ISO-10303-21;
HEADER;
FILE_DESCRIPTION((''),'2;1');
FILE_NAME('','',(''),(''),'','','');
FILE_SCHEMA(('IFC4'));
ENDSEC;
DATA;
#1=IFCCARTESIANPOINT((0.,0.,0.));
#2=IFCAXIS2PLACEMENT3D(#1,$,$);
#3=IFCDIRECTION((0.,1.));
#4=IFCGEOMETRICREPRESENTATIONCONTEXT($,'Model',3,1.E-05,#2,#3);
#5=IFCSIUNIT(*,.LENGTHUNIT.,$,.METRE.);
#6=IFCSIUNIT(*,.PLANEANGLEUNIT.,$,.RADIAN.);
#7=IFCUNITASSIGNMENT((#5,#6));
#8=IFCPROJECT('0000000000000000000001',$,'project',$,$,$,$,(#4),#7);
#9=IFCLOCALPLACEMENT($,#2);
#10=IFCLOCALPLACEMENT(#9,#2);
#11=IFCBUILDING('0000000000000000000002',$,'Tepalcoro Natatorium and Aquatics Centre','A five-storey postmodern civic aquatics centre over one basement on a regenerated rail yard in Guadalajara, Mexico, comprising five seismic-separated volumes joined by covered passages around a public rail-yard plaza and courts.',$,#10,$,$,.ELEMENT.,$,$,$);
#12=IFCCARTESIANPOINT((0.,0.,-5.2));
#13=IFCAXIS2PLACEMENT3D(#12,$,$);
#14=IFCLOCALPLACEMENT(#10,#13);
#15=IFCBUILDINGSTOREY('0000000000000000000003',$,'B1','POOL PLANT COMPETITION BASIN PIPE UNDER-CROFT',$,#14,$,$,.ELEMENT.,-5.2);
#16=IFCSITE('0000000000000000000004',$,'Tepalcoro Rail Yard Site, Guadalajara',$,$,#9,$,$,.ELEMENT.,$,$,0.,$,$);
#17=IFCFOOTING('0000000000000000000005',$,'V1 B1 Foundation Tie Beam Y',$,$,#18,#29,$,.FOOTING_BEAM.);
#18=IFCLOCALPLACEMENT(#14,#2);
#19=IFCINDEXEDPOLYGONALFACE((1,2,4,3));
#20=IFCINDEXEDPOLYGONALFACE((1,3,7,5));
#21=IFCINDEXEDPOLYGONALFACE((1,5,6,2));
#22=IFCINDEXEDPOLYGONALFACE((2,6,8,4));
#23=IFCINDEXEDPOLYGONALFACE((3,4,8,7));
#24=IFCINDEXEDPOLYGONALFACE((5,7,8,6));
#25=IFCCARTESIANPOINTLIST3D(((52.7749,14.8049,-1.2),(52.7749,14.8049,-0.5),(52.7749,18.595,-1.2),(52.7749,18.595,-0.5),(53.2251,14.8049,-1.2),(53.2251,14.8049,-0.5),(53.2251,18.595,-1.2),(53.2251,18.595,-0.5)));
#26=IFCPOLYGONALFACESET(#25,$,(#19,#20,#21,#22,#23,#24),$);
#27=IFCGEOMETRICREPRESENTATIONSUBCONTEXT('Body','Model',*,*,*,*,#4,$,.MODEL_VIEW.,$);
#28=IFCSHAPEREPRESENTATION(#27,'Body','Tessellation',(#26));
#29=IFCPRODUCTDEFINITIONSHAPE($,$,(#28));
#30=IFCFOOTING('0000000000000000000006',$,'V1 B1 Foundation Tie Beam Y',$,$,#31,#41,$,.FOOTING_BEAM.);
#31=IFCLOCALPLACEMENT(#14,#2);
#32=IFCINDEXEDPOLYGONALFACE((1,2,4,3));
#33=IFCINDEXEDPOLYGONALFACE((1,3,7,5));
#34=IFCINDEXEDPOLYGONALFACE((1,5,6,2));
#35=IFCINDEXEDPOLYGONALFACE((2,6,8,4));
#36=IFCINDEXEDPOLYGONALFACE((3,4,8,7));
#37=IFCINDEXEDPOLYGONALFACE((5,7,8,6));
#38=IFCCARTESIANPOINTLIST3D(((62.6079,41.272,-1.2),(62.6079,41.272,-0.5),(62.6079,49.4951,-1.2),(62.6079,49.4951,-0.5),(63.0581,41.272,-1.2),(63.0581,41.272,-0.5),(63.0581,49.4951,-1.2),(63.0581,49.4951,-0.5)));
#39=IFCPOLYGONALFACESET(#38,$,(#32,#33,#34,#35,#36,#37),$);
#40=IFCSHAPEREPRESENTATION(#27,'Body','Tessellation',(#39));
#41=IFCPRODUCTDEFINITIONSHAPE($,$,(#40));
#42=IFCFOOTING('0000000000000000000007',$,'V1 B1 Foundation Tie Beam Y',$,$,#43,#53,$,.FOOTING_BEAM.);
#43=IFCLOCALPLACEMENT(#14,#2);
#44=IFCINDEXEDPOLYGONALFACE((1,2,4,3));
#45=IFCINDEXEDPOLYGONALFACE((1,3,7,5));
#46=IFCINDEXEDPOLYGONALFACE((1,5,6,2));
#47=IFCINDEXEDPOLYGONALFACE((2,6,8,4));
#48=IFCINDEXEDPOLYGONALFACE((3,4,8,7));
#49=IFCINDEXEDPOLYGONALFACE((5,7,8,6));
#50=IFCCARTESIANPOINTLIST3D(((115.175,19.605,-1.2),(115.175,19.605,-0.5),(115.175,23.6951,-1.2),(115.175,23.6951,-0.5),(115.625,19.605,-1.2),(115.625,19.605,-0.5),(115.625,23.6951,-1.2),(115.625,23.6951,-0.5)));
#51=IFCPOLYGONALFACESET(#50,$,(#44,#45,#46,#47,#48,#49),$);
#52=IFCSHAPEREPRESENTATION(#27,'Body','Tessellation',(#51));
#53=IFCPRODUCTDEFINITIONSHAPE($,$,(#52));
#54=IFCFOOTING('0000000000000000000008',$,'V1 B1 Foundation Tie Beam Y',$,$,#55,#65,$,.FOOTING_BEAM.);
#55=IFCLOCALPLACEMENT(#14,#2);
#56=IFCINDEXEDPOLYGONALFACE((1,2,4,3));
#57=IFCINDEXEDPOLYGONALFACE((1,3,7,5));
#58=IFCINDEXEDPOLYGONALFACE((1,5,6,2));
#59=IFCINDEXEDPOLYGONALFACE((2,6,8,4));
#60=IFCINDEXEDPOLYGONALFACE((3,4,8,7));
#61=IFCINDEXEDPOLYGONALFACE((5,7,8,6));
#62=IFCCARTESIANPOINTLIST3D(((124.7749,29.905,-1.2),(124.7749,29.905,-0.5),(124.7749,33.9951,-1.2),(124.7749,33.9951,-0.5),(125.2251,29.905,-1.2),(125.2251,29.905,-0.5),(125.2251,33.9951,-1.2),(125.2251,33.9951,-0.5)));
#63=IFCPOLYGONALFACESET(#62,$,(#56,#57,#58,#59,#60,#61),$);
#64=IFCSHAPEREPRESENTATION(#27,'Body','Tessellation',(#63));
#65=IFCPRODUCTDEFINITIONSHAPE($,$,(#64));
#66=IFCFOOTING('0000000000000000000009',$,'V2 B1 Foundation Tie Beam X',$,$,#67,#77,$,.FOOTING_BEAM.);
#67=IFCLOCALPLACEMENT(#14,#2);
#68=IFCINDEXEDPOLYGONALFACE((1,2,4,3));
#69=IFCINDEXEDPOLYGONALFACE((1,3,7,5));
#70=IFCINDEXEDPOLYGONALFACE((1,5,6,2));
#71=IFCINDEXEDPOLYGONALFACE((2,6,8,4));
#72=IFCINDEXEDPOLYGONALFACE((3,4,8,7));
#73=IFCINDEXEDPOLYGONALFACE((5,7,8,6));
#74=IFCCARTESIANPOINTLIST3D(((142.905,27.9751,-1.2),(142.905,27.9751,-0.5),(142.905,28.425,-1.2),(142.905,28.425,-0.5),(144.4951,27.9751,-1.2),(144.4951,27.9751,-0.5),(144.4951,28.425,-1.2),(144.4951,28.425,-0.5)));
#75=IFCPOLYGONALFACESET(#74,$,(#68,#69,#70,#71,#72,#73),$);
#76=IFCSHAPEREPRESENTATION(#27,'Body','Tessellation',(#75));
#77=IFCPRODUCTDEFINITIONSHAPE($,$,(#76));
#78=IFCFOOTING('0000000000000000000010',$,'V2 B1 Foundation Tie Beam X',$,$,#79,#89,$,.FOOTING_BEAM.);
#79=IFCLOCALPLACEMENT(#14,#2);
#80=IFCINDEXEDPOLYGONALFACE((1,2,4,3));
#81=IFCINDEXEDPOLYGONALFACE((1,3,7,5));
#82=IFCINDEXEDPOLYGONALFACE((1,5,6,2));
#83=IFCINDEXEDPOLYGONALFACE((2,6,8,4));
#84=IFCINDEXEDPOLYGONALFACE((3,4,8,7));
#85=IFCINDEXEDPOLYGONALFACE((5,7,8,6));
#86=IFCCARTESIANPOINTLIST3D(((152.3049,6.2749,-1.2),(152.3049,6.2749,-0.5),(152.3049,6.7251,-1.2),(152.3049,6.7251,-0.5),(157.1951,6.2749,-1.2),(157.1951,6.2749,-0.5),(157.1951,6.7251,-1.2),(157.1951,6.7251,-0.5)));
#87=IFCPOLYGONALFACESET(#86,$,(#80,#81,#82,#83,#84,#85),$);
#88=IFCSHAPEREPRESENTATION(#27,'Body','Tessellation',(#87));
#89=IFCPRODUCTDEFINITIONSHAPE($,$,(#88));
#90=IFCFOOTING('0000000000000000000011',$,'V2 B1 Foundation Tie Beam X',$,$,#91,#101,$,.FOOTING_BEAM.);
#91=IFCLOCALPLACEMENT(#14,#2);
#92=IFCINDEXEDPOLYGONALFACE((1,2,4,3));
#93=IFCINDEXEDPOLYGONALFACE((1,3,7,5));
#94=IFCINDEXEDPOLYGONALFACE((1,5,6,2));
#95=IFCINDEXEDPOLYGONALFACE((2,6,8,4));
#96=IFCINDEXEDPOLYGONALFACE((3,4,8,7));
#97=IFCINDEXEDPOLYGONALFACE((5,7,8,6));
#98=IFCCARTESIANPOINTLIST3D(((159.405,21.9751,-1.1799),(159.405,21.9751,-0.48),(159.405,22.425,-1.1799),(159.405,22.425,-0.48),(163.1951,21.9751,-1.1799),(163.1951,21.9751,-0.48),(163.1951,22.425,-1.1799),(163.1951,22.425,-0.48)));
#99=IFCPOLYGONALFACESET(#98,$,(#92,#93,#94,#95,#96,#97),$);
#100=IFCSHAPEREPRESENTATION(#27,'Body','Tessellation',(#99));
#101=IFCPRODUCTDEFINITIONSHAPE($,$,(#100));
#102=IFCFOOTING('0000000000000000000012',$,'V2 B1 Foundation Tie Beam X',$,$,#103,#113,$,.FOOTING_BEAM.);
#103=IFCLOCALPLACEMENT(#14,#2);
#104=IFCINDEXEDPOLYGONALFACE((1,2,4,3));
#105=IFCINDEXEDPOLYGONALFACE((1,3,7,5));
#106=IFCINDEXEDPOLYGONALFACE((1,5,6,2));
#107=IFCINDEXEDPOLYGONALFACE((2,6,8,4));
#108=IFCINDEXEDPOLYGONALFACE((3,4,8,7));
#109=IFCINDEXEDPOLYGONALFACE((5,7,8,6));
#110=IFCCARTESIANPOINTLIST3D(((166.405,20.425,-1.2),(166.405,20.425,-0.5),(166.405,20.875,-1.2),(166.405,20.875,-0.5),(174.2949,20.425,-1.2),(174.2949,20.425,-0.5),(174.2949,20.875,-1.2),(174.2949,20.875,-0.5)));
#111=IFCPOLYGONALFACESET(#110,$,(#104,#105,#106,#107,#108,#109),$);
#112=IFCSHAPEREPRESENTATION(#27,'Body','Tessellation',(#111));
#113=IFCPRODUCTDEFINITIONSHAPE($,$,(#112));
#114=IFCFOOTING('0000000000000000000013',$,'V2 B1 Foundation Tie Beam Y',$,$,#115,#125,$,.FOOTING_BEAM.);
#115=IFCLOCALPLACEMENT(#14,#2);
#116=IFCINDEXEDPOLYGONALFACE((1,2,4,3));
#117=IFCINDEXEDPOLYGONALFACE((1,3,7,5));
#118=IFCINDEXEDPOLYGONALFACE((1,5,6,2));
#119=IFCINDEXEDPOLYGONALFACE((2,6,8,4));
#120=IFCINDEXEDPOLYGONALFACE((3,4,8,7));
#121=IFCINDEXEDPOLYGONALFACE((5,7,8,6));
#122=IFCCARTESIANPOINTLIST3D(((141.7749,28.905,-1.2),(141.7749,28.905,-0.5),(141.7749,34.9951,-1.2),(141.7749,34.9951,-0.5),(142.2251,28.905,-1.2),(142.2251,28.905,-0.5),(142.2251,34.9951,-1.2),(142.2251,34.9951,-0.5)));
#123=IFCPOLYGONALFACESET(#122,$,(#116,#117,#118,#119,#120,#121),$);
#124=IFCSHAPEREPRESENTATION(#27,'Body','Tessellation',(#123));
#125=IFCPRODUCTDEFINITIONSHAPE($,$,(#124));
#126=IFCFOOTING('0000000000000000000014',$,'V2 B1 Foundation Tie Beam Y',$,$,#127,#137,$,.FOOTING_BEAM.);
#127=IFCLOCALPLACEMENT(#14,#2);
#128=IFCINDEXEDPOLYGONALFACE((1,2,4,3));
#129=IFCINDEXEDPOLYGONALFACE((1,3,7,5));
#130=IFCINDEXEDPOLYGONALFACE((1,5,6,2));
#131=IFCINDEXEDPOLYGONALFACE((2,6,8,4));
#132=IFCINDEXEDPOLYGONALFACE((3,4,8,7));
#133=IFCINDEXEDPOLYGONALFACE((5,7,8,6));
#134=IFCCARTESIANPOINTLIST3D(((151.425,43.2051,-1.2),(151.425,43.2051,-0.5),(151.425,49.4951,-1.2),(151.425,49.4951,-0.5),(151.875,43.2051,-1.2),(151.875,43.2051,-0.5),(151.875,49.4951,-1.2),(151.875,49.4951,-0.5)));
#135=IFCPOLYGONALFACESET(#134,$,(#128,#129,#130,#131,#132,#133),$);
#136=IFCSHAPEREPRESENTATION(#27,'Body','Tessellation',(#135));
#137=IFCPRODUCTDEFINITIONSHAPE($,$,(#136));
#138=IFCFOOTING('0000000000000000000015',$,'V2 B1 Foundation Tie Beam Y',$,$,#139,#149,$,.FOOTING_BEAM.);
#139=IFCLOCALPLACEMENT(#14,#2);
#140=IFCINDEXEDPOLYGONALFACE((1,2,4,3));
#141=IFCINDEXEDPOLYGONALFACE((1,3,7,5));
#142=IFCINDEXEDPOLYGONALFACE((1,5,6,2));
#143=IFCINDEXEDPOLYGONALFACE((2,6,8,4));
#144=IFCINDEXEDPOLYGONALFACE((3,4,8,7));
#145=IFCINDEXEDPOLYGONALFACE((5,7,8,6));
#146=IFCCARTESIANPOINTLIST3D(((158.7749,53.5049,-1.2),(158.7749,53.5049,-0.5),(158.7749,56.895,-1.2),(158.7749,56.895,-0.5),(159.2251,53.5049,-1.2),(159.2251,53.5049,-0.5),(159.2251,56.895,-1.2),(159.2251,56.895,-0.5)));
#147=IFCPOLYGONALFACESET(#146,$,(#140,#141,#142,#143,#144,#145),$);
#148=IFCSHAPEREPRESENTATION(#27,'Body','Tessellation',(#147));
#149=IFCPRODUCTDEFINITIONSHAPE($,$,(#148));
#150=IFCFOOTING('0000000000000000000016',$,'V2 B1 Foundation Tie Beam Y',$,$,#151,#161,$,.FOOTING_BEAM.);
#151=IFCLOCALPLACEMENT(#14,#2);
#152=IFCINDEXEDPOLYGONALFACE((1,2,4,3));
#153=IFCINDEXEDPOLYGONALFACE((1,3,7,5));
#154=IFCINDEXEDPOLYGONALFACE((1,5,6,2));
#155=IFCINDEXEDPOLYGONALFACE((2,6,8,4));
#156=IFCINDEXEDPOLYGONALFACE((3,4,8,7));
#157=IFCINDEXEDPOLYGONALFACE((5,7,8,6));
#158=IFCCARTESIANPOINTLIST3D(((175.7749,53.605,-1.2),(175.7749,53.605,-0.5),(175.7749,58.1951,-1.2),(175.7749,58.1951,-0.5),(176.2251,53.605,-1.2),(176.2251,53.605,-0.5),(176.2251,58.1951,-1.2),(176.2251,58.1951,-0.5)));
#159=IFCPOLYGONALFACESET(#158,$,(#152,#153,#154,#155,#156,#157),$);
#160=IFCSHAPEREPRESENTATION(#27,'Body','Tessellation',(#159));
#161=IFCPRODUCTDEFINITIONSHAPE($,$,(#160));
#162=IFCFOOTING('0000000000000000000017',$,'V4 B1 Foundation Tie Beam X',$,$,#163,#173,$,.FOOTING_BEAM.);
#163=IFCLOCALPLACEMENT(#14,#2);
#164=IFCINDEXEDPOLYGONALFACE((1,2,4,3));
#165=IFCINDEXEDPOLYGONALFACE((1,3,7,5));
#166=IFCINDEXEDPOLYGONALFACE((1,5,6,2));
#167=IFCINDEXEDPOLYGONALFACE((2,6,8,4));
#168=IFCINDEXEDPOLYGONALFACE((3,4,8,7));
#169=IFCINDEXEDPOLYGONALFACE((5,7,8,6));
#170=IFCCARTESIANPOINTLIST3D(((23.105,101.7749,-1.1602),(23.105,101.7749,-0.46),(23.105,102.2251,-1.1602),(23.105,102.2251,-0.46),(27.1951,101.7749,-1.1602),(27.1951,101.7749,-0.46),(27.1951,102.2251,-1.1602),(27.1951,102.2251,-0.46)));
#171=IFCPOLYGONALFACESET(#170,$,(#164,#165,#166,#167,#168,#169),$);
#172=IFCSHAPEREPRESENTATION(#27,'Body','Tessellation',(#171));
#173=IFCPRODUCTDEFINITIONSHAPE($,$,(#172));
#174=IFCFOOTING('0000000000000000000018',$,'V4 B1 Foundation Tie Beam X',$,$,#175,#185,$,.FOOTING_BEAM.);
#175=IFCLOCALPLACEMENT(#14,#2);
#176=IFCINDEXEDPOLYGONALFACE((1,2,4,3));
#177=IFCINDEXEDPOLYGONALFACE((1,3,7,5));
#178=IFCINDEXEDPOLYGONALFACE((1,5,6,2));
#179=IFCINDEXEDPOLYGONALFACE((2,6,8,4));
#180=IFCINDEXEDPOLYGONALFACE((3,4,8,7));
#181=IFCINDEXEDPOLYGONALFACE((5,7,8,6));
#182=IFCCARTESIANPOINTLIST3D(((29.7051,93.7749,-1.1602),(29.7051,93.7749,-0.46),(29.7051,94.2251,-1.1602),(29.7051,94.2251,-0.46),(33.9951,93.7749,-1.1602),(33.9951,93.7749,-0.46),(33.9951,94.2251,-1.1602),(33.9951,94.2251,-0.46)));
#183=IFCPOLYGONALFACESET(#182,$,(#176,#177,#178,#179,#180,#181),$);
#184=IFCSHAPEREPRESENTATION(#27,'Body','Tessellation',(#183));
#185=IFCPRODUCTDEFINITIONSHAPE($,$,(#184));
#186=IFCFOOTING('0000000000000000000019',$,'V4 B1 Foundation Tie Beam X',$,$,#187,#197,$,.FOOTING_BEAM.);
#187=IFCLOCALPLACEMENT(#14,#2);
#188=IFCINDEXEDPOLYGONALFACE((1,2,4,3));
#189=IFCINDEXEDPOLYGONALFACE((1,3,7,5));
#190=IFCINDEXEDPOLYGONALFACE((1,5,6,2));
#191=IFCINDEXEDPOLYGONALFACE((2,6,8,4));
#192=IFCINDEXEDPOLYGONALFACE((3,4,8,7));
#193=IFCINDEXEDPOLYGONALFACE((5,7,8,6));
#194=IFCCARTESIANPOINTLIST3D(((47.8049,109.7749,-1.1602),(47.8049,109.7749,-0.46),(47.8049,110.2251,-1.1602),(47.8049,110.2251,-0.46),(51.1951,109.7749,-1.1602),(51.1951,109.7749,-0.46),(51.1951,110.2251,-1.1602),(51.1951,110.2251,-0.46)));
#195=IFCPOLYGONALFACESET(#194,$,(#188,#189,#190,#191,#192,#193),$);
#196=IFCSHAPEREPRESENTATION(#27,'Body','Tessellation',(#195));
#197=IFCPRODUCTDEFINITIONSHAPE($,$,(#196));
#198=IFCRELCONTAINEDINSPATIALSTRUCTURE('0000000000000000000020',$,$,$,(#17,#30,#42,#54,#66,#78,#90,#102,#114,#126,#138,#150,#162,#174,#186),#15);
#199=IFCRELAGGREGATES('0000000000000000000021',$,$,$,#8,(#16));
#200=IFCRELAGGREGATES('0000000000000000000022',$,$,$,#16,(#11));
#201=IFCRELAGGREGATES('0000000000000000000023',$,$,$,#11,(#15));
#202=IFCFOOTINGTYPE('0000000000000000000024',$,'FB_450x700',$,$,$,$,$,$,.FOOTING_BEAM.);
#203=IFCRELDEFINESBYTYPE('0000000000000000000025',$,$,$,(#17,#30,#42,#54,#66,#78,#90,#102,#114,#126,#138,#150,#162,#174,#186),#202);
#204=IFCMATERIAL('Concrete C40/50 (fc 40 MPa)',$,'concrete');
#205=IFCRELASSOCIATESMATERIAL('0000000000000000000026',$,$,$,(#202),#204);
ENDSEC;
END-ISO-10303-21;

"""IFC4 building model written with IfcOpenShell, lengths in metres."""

from ifc_helpers import new_model, si_unit, direction, frame, origin, place, context, subcontext, project, spatial, polyline, outline, extrude, material, type_object, element, save


model = new_model("IFC4")

# Units and contexts
model_context = context("Model", 3, precision=1e-05, world=origin(), true_north=direction((0.0, 1.0)))
body_context = subcontext(model_context, "Body", "Model", "MODEL_VIEW")
ifc_project = project(units=[si_unit("LENGTHUNIT", "METRE"), si_unit("PLANEANGLEUNIT", "RADIAN")], contexts=[model_context])

# Site, building, storey
site_placement = place(None, origin())
site = spatial("IfcSite", under=ifc_project, at=site_placement, Name="Tepalcoro Rail Yard Site, Guadalajara", CompositionType="ELEMENT", RefElevation=0.0)
building_placement = place(site_placement, origin())
building = spatial("IfcBuilding", under=site, at=building_placement, Name="Tepalcoro Natatorium and Aquatics Centre", Description="A five-storey postmodern civic aquatics centre over one basement on a regenerated rail yard in Guadalajara, Mexico, comprising five seismic-separated volumes joined by covered passages around a public rail-yard plaza and courts.", CompositionType="ELEMENT")
storey_placement = place(building_placement, frame((0.0, 0.0, -5.2)))
storey = spatial("IfcBuildingStorey", under=building, at=storey_placement, Name="B1", Description="POOL PLANT COMPETITION BASIN PIPE UNDER-CROFT", CompositionType="ELEMENT", Elevation=-5.2)

# Footings
ifc_material = material(Name="Concrete C40/50 (fc 40 MPa)", Category="concrete")
footing_type_1 = type_object("IfcFootingType", Name="FB_450x700", PredefinedType="FOOTING_BEAM", material=ifc_material)
footing_1_placement = place(storey_placement, frame((0.0, 0.0, -1.2)))
element("IfcFooting", 1, at=footing_1_placement, inside=storey, type_object=footing_type_1, Name="V1 B1 Foundation Tie Beam Y", PredefinedType="FOOTING_BEAM", context=body_context, shape_type="SweptSolid", body=[
    extrude(outline(polyline([(53.2251, 14.8049), (53.2251, 18.595), (52.7749, 18.595), (52.7749, 14.8049), (53.2251, 14.8049)])), origin(), (0.0, 0.0, 1.0), 0.7),
])
footing_2_placement = place(storey_placement, frame((0.0, 0.0, -1.2)))
element("IfcFooting", 2, at=footing_2_placement, inside=storey, type_object=footing_type_1, Name="V1 B1 Foundation Tie Beam Y", PredefinedType="FOOTING_BEAM", context=body_context, shape_type="SweptSolid", body=[
    extrude(outline(polyline([(63.0581, 41.272), (63.0581, 49.4951), (62.6079, 49.4951), (62.6079, 41.272), (63.0581, 41.272)])), origin(), (0.0, 0.0, 1.0), 0.7),
])
footing_3_placement = place(storey_placement, frame((0.0, 0.0, -1.2)))
element("IfcFooting", 3, at=footing_3_placement, inside=storey, type_object=footing_type_1, Name="V1 B1 Foundation Tie Beam Y", PredefinedType="FOOTING_BEAM", context=body_context, shape_type="SweptSolid", body=[
    extrude(outline(polyline([(115.625, 19.605), (115.625, 23.6951), (115.175, 23.6951), (115.175, 19.605), (115.625, 19.605)])), origin(), (0.0, 0.0, 1.0), 0.7),
])
footing_4_placement = place(storey_placement, frame((0.0, 0.0, -1.2)))
element("IfcFooting", 4, at=footing_4_placement, inside=storey, type_object=footing_type_1, Name="V1 B1 Foundation Tie Beam Y", PredefinedType="FOOTING_BEAM", context=body_context, shape_type="SweptSolid", body=[
    extrude(outline(polyline([(125.2251, 29.905), (125.2251, 33.9951), (124.7749, 33.9951), (124.7749, 29.905), (125.2251, 29.905)])), origin(), (0.0, 0.0, 1.0), 0.7),
])
footing_5_placement = place(storey_placement, frame((0.0, 0.0, -1.2)))
element("IfcFooting", 5, at=footing_5_placement, inside=storey, type_object=footing_type_1, Name="V2 B1 Foundation Tie Beam X", PredefinedType="FOOTING_BEAM", context=body_context, shape_type="SweptSolid", body=[
    extrude(outline(polyline([(142.905, 27.9751), (144.4951, 27.9751), (144.4951, 28.425), (142.905, 28.425), (142.905, 27.9751)])), origin(), (0.0, 0.0, 1.0), 0.7),
])
footing_6_placement = place(storey_placement, frame((0.0, 0.0, -1.2)))
element("IfcFooting", 6, at=footing_6_placement, inside=storey, type_object=footing_type_1, Name="V2 B1 Foundation Tie Beam X", PredefinedType="FOOTING_BEAM", context=body_context, shape_type="SweptSolid", body=[
    extrude(outline(polyline([(152.3049, 6.2749), (157.1951, 6.2749), (157.1951, 6.7251), (152.3049, 6.7251), (152.3049, 6.2749)])), origin(), (0.0, 0.0, 1.0), 0.7),
])
footing_7_placement = place(storey_placement, frame((0.0, 0.0, -1.1799)))
element("IfcFooting", 7, at=footing_7_placement, inside=storey, type_object=footing_type_1, Name="V2 B1 Foundation Tie Beam X", PredefinedType="FOOTING_BEAM", context=body_context, shape_type="SweptSolid", body=[
    extrude(outline(polyline([(159.405, 21.9751), (163.1951, 21.9751), (163.1951, 22.425), (159.405, 22.425), (159.405, 21.9751)])), origin(), (0.0, 0.0, 1.0), 0.7),
])
footing_8_placement = place(storey_placement, frame((0.0, 0.0, -1.2)))
element("IfcFooting", 8, at=footing_8_placement, inside=storey, type_object=footing_type_1, Name="V2 B1 Foundation Tie Beam X", PredefinedType="FOOTING_BEAM", context=body_context, shape_type="SweptSolid", body=[
    extrude(outline(polyline([(166.405, 20.425), (174.2949, 20.425), (174.2949, 20.875), (166.405, 20.875), (166.405, 20.425)])), origin(), (0.0, 0.0, 1.0), 0.7),
])
footing_9_placement = place(storey_placement, frame((0.0, 0.0, -1.2)))
element("IfcFooting", 9, at=footing_9_placement, inside=storey, type_object=footing_type_1, Name="V2 B1 Foundation Tie Beam Y", PredefinedType="FOOTING_BEAM", context=body_context, shape_type="SweptSolid", body=[
    extrude(outline(polyline([(142.2251, 28.905), (142.2251, 34.9951), (141.7749, 34.9951), (141.7749, 28.905), (142.2251, 28.905)])), origin(), (0.0, 0.0, 1.0), 0.7),
])
footing_10_placement = place(storey_placement, frame((0.0, 0.0, -1.2)))
element("IfcFooting", 10, at=footing_10_placement, inside=storey, type_object=footing_type_1, Name="V2 B1 Foundation Tie Beam Y", PredefinedType="FOOTING_BEAM", context=body_context, shape_type="SweptSolid", body=[
    extrude(outline(polyline([(151.875, 43.2051), (151.875, 49.4951), (151.425, 49.4951), (151.425, 43.2051), (151.875, 43.2051)])), origin(), (0.0, 0.0, 1.0), 0.7),
])
footing_11_placement = place(storey_placement, frame((0.0, 0.0, -1.2)))
element("IfcFooting", 11, at=footing_11_placement, inside=storey, type_object=footing_type_1, Name="V2 B1 Foundation Tie Beam Y", PredefinedType="FOOTING_BEAM", context=body_context, shape_type="SweptSolid", body=[
    extrude(outline(polyline([(159.2251, 53.5049), (159.2251, 56.895), (158.7749, 56.895), (158.7749, 53.5049), (159.2251, 53.5049)])), origin(), (0.0, 0.0, 1.0), 0.7),
])
footing_12_placement = place(storey_placement, frame((0.0, 0.0, -1.2)))
element("IfcFooting", 12, at=footing_12_placement, inside=storey, type_object=footing_type_1, Name="V2 B1 Foundation Tie Beam Y", PredefinedType="FOOTING_BEAM", context=body_context, shape_type="SweptSolid", body=[
    extrude(outline(polyline([(176.2251, 53.605), (176.2251, 58.1951), (175.7749, 58.1951), (175.7749, 53.605), (176.2251, 53.605)])), origin(), (0.0, 0.0, 1.0), 0.7),
])
footing_13_placement = place(storey_placement, frame((0.0, 0.0, -1.1602)))
element("IfcFooting", 13, at=footing_13_placement, inside=storey, type_object=footing_type_1, Name="V4 B1 Foundation Tie Beam X", PredefinedType="FOOTING_BEAM", context=body_context, shape_type="SweptSolid", body=[
    extrude(outline(polyline([(23.105, 101.7749), (27.1951, 101.7749), (27.1951, 102.2251), (23.105, 102.2251), (23.105, 101.7749)])), origin(), (0.0, 0.0, 1.0), 0.7002),
])
footing_14_placement = place(storey_placement, frame((0.0, 0.0, -1.1602)))
element("IfcFooting", 14, at=footing_14_placement, inside=storey, type_object=footing_type_1, Name="V4 B1 Foundation Tie Beam X", PredefinedType="FOOTING_BEAM", context=body_context, shape_type="SweptSolid", body=[
    extrude(outline(polyline([(29.7051, 93.7749), (33.9951, 93.7749), (33.9951, 94.2251), (29.7051, 94.2251), (29.7051, 93.7749)])), origin(), (0.0, 0.0, 1.0), 0.7002),
])
footing_15_placement = place(storey_placement, frame((0.0, 0.0, -1.1602)))
element("IfcFooting", 15, at=footing_15_placement, inside=storey, type_object=footing_type_1, Name="V4 B1 Foundation Tie Beam X", PredefinedType="FOOTING_BEAM", context=body_context, shape_type="SweptSolid", body=[
    extrude(outline(polyline([(47.8049, 109.7749), (51.1951, 109.7749), (51.1951, 110.2251), (47.8049, 110.2251), (47.8049, 109.7749)])), origin(), (0.0, 0.0, 1.0), 0.7002),
])

save(model, "model.ifc")
